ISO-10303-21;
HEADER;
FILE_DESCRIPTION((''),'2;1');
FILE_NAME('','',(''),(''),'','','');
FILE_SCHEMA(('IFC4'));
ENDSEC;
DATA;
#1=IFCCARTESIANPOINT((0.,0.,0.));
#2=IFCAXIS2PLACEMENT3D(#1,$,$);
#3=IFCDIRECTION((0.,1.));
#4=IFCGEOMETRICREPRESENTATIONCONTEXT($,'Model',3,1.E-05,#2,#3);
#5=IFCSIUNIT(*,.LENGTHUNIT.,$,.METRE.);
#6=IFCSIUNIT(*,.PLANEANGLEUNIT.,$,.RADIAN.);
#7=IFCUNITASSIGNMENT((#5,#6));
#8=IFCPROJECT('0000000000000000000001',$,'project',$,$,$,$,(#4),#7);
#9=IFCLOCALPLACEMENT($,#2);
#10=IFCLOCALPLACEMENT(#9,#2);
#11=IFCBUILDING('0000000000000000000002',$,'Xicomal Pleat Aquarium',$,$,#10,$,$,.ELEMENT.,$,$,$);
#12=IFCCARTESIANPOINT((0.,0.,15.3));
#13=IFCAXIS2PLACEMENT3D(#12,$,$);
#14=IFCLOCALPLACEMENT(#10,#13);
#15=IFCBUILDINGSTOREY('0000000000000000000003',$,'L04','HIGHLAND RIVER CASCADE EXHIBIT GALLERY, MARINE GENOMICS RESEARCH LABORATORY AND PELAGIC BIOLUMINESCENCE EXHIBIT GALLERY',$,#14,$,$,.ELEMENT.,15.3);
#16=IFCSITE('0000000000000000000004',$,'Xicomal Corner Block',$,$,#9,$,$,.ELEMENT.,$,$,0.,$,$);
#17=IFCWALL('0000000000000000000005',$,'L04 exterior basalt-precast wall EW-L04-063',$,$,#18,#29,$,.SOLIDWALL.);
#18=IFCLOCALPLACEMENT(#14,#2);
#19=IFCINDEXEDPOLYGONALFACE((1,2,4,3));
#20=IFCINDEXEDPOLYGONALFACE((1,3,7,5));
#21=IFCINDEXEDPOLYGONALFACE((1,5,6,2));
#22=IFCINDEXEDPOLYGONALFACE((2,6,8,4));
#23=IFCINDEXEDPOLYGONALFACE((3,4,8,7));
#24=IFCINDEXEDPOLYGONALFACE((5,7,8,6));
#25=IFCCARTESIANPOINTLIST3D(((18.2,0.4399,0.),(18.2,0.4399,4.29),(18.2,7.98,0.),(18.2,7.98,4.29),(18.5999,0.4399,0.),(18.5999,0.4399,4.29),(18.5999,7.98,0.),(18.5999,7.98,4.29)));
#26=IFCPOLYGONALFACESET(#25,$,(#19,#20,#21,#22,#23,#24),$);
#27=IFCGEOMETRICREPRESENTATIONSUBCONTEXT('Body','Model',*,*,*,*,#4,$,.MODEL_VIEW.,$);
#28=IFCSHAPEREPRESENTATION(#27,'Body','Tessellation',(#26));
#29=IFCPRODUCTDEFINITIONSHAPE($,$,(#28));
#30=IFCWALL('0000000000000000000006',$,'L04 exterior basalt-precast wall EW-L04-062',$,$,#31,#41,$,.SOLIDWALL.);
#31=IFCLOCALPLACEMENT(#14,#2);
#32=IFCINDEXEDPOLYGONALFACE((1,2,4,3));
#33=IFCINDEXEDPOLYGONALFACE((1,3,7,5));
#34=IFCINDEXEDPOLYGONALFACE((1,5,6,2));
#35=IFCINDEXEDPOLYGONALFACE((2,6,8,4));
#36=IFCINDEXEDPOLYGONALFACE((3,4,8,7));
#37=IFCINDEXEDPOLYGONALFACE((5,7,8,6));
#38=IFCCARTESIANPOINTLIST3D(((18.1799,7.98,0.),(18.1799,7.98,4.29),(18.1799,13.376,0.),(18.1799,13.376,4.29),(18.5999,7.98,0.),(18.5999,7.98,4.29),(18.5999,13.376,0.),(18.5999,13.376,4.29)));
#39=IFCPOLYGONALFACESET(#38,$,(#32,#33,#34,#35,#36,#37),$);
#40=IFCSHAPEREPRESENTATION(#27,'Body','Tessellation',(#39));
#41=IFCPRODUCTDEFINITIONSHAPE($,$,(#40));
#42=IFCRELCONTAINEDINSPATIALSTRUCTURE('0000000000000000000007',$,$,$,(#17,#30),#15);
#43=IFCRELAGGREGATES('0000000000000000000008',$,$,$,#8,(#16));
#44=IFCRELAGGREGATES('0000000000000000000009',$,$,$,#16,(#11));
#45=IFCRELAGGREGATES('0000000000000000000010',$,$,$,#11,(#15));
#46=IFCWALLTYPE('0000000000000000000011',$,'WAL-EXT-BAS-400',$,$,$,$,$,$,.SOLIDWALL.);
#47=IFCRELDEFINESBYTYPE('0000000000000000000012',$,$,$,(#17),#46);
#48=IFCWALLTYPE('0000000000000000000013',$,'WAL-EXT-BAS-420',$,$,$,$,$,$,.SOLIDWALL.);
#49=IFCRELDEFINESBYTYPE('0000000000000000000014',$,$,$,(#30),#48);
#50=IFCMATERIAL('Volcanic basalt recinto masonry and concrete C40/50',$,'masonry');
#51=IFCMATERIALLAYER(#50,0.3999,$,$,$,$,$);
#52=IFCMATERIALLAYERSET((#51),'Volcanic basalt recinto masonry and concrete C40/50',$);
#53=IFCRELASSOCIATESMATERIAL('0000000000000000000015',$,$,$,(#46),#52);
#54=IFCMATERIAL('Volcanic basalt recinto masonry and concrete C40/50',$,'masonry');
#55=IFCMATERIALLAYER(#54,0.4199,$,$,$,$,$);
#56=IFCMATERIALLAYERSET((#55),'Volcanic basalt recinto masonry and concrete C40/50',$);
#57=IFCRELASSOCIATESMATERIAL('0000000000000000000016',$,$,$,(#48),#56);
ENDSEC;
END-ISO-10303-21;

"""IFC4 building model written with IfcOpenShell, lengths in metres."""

from ifc_helpers import new_model, si_unit, direction, frame, frame_2d, origin, place, context, subcontext, project, spatial, rectangle, extrude, material, layer, layer_set, type_object, element, save


model = new_model("IFC4")

# Units and contexts
model_context = context("Model", 3, precision=1e-05, world=origin(), true_north=direction((0.0, 1.0)))
body_context = subcontext(model_context, "Body", "Model", "MODEL_VIEW")
ifc_project = project(units=[si_unit("LENGTHUNIT", "METRE"), si_unit("PLANEANGLEUNIT", "RADIAN")], contexts=[model_context])

# Site, building, storey
site_placement = place(None, origin())
site = spatial("IfcSite", under=ifc_project, at=site_placement, Name="Xicomal Corner Block", CompositionType="ELEMENT", RefElevation=0.0)
building_placement = place(site_placement, origin())
building = spatial("IfcBuilding", under=site, at=building_placement, Name="Xicomal Pleat Aquarium", CompositionType="ELEMENT")
storey_placement = place(building_placement, frame((0.0, 0.0, 15.3)))
storey = spatial("IfcBuildingStorey", under=building, at=storey_placement, Name="L04", Description="HIGHLAND RIVER CASCADE EXHIBIT GALLERY, MARINE GENOMICS RESEARCH LABORATORY AND PELAGIC BIOLUMINESCENCE EXHIBIT GALLERY", CompositionType="ELEMENT", Elevation=15.3)

# Walls
ifc_material_1 = material(Name="Volcanic basalt recinto masonry and concrete C40/50", Category="masonry")
ifc_layer_1 = layer(ifc_material_1, 0.3999)
ifc_layer_set_1 = layer_set([ifc_layer_1], Name="Volcanic basalt recinto masonry and concrete C40/50")
wall_type_1 = type_object("IfcWallType", Name="WAL-EXT-BAS-400", PredefinedType="SOLIDWALL", material=ifc_layer_set_1)
wall_1_placement = place(storey_placement, frame((18.3999, 7.98, 0.0), z_axis=(0.0, 0.0, 1.0), x_axis=(0.0, -1.0, 0.0)))
element("IfcWall", 1, at=wall_1_placement, inside=storey, type_object=wall_type_1, Name="L04 exterior basalt-precast wall EW-L04-063", PredefinedType="SOLIDWALL", context=body_context, shape_type="SweptSolid", body=[
    extrude(rectangle(XDim=7.54, YDim=0.3999, at=frame_2d((3.77, 0.0))), origin(), (0.0, 0.0, 1.0), 4.29),
])
ifc_material_2 = material(Name="Volcanic basalt recinto masonry and concrete C40/50", Category="masonry")
ifc_layer_2 = layer(ifc_material_2, 0.4199)
ifc_layer_set_2 = layer_set([ifc_layer_2], Name="Volcanic basalt recinto masonry and concrete C40/50")
wall_type_2 = type_object("IfcWallType", Name="WAL-EXT-BAS-420", PredefinedType="SOLIDWALL", material=ifc_layer_set_2)
wall_2_placement = place(storey_placement, frame((18.3899, 13.376, 0.0), z_axis=(0.0, 0.0, 1.0), x_axis=(0.0, -1.0, 0.0)))
element("IfcWall", 2, at=wall_2_placement, inside=storey, type_object=wall_type_2, Name="L04 exterior basalt-precast wall EW-L04-062", PredefinedType="SOLIDWALL", context=body_context, shape_type="SweptSolid", body=[
    extrude(rectangle(XDim=5.396, YDim=0.4199, at=frame_2d((2.698, 0.0))), origin(), (0.0, 0.0, 1.0), 4.29),
])

save(model, "model.ifc")
